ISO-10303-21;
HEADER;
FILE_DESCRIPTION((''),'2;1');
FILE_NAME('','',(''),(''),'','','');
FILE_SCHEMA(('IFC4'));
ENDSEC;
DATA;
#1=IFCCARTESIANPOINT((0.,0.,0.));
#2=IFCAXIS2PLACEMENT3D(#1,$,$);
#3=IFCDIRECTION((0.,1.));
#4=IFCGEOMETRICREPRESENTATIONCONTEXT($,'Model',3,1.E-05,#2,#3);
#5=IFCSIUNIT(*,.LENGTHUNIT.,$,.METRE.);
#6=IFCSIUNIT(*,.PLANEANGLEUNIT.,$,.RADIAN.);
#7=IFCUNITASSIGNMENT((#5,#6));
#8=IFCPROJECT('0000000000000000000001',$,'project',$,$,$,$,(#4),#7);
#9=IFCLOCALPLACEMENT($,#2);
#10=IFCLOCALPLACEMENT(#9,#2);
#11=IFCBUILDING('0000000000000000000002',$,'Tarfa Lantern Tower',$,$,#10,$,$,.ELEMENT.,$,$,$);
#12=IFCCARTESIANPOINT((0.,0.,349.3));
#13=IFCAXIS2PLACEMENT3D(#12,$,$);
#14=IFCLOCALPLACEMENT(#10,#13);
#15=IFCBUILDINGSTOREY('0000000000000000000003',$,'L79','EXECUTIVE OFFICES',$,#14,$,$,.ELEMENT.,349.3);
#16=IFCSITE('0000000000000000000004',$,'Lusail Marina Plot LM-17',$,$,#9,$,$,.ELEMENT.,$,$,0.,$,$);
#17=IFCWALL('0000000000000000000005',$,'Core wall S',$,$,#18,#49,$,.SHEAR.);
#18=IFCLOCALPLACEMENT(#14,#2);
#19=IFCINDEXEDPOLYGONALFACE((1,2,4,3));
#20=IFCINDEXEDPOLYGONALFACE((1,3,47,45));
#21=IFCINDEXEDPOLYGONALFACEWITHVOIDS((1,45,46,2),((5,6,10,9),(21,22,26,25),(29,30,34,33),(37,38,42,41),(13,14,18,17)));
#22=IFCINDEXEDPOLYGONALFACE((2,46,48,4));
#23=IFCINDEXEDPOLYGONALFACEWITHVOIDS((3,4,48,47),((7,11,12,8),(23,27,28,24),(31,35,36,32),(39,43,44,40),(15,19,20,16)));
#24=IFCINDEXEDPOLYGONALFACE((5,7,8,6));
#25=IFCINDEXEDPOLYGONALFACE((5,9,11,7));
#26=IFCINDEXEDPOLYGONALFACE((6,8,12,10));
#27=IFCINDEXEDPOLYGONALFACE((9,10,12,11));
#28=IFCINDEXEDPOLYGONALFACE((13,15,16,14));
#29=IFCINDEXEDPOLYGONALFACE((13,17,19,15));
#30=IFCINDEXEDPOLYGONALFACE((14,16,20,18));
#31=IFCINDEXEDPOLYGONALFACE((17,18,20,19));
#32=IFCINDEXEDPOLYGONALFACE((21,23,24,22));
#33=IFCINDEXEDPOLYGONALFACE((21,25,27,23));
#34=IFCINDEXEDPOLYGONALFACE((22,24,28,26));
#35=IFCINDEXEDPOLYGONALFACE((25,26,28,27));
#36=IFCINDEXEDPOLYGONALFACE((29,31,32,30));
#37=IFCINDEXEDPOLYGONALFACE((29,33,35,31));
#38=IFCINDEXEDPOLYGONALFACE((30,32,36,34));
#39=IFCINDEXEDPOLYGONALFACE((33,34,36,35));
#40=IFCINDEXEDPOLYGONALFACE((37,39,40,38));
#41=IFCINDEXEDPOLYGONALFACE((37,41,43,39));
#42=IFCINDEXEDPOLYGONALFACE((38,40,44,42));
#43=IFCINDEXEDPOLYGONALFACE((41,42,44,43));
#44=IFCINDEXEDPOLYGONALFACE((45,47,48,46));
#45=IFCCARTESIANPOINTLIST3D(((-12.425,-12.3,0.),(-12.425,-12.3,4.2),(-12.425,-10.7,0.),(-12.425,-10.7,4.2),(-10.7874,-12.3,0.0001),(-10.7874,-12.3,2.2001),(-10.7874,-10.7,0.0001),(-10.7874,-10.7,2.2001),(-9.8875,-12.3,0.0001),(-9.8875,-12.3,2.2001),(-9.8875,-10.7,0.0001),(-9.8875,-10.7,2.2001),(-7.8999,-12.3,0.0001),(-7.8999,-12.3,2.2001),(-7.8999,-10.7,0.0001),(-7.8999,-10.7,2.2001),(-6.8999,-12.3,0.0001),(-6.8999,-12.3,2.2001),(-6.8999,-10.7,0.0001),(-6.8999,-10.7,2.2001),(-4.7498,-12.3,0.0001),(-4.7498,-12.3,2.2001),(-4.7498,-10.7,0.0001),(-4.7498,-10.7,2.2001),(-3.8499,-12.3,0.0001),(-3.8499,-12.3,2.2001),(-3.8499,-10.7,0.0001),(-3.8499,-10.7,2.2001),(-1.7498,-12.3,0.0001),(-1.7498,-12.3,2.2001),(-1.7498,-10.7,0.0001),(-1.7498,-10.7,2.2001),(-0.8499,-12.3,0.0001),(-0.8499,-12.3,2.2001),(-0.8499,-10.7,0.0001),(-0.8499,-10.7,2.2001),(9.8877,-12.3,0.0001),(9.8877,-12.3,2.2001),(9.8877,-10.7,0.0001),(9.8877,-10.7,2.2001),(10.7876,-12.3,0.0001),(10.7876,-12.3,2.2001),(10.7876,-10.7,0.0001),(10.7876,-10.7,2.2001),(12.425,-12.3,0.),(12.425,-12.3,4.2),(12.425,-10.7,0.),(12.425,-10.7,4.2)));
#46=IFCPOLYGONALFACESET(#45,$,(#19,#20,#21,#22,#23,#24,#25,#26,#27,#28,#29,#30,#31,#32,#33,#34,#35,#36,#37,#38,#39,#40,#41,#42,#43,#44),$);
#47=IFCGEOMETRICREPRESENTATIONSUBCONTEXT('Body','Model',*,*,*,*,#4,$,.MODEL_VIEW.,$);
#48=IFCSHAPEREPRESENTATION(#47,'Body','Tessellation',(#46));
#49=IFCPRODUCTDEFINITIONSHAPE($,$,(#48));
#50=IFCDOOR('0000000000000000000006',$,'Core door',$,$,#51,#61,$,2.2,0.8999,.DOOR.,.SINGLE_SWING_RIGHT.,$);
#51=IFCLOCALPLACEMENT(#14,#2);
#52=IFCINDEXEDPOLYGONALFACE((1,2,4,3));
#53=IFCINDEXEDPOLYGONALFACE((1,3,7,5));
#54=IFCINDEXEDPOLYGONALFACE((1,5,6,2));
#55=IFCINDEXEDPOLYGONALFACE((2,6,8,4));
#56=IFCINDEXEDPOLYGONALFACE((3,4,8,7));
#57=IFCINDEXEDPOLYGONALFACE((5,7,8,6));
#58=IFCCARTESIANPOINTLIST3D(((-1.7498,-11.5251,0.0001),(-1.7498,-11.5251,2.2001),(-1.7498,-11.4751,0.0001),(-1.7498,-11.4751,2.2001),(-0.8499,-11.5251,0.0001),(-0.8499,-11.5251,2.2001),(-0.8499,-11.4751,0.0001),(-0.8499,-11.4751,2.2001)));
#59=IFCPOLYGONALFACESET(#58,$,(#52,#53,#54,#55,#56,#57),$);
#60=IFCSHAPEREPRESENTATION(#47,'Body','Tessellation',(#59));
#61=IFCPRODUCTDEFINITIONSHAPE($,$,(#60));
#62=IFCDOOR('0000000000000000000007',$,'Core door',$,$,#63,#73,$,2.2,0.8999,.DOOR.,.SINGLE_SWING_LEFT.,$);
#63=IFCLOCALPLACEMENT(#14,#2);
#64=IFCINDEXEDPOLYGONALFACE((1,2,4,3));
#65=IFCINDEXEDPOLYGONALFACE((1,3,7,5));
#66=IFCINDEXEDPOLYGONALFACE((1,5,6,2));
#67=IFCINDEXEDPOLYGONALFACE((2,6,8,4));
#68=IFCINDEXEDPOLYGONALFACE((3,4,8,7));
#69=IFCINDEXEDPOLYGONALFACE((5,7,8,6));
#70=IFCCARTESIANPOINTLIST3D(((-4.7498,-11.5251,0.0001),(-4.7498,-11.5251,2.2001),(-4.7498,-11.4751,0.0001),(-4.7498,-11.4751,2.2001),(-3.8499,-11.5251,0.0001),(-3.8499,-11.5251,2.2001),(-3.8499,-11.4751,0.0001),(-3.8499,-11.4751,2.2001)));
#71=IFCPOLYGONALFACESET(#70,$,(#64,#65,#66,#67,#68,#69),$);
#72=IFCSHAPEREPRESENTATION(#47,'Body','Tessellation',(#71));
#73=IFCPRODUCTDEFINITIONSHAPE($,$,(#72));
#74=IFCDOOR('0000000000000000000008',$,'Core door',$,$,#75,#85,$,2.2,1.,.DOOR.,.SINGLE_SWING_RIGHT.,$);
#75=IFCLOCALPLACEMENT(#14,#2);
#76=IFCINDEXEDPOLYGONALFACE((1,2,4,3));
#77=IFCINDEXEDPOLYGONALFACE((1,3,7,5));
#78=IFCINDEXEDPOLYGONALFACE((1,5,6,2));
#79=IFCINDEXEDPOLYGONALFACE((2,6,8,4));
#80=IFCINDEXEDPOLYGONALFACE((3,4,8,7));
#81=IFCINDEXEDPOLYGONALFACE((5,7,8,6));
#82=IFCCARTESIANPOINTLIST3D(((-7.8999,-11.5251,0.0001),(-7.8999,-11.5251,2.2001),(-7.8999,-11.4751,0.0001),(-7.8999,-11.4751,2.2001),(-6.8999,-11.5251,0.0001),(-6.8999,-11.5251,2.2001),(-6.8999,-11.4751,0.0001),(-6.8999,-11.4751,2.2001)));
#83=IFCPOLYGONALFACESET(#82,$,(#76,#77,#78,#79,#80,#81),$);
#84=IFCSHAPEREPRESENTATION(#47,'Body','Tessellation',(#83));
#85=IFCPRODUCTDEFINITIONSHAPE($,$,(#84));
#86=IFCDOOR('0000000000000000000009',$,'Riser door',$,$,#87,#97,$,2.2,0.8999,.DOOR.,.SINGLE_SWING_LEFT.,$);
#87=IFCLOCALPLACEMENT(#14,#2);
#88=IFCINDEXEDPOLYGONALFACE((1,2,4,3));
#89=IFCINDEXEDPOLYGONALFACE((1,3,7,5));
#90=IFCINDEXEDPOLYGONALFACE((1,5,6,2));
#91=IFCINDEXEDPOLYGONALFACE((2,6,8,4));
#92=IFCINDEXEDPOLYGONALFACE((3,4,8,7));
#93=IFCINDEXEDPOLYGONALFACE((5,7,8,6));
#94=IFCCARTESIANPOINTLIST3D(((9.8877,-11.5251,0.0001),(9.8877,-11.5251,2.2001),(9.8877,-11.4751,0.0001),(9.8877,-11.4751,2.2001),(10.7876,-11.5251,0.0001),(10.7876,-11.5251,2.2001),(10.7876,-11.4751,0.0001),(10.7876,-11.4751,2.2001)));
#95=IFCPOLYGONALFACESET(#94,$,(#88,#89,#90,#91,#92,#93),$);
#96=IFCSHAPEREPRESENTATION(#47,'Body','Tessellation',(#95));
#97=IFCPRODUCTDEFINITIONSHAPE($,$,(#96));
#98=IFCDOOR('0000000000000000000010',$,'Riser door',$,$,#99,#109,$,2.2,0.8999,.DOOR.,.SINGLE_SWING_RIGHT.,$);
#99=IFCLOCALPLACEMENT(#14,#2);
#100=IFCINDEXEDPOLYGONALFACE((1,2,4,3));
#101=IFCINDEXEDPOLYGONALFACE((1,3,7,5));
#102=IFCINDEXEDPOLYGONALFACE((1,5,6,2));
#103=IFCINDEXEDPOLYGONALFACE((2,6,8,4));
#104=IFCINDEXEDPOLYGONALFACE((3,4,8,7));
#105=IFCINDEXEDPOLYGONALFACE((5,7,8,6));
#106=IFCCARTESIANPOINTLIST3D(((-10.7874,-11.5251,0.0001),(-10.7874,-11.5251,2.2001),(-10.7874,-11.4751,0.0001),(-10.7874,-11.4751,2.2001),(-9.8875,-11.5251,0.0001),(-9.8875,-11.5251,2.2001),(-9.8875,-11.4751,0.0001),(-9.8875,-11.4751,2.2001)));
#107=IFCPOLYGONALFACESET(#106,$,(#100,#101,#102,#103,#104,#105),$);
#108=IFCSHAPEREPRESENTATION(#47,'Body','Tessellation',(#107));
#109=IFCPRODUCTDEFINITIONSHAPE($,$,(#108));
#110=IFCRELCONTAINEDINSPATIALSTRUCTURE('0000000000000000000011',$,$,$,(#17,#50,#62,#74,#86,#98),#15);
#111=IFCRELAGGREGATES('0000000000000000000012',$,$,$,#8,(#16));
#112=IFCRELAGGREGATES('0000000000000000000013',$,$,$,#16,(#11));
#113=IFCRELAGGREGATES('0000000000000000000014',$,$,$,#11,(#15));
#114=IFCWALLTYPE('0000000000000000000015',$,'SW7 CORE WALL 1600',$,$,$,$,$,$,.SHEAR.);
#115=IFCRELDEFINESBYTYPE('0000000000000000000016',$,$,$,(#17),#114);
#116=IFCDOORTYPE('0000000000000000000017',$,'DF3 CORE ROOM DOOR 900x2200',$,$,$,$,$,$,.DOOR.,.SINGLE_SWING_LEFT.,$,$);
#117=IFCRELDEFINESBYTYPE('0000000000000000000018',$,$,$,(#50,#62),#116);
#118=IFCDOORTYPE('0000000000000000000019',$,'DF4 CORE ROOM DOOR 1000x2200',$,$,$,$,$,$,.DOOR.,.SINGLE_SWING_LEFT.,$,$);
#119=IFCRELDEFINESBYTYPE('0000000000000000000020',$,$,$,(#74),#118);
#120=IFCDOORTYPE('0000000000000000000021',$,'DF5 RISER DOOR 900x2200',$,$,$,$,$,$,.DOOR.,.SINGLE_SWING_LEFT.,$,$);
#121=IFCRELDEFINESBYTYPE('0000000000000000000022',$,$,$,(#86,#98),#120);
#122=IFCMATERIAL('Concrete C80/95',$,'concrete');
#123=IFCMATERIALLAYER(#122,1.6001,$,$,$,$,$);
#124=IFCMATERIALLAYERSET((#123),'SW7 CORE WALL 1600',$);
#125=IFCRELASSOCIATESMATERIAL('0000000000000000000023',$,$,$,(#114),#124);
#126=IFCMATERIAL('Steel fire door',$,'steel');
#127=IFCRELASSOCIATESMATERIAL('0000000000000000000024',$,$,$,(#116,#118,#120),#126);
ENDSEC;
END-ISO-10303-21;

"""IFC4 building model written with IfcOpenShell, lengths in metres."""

from ifc_helpers import new_model, si_unit, direction, frame, frame_2d, origin, place, context, subcontext, project, spatial, rectangle, extrude, material, layer, layer_set, type_object, element, fill, save


model = new_model("IFC4")

# Units and contexts
model_context = context("Model", 3, precision=1e-05, world=origin(), true_north=direction((0.0, 1.0)))
body_context = subcontext(model_context, "Body", "Model", "MODEL_VIEW")
ifc_project = project(units=[si_unit("LENGTHUNIT", "METRE"), si_unit("PLANEANGLEUNIT", "RADIAN")], contexts=[model_context])

# Site, building, storey
site_placement = place(None, origin())
site = spatial("IfcSite", under=ifc_project, at=site_placement, Name="Lusail Marina Plot LM-17", CompositionType="ELEMENT", RefElevation=0.0)
building_placement = place(site_placement, origin())
building = spatial("IfcBuilding", under=site, at=building_placement, Name="Tarfa Lantern Tower", CompositionType="ELEMENT")
storey_placement = place(building_placement, frame((0.0, 0.0, 349.3)))
storey = spatial("IfcBuildingStorey", under=building, at=storey_placement, Name="L79", Description="EXECUTIVE OFFICES", CompositionType="ELEMENT", Elevation=349.3)

# Wall, openings, doors
ifc_material_1 = material(Name="Concrete C80/95", Category="concrete")
ifc_layer_1 = layer(ifc_material_1, 1.6001)
ifc_layer_set_1 = layer_set([ifc_layer_1], Name="SW7 CORE WALL 1600")
wall_type_1 = type_object("IfcWallType", Name="SW7 CORE WALL 1600", PredefinedType="SHEAR", material=ifc_layer_set_1)
wall_1_placement = place(storey_placement, frame((12.425, -11.5, 0.0), z_axis=(0.0, 0.0, 1.0), x_axis=(-1.0, 0.0, 0.0)))
wall_1 = element("IfcWall", 1, at=wall_1_placement, inside=storey, type_object=wall_type_1, Name="Core wall S", PredefinedType="SHEAR", context=body_context, shape_type="SweptSolid", body=[
    extrude(rectangle(XDim=24.8501, YDim=1.6001, at=frame_2d((12.425, 0.0))), origin(), (0.0, 0.0, 1.0), 4.2),
])
opening_1_placement = place(wall_1_placement, frame((13.2749, 0.0, 0.0)))
opening_1 = element("IfcOpeningElement", 2, at=opening_1_placement, cuts=wall_1, PredefinedType="OPENING", context=body_context, shape_type="SweptSolid", body=[
    extrude(rectangle(XDim=0.8999, YDim=2.2, at=frame_2d((0.45, 1.1001))), frame((0.0, 0.8101, 0.0), z_axis=(0.0, -1.0, 0.0), x_axis=(1.0, 0.0, 0.0)), (0.0, 0.0, 1.0), 1.6201),
])
opening_2_placement = place(wall_1_placement, frame((16.2749, 0.0, 0.0)))
opening_2 = element("IfcOpeningElement", 3, at=opening_2_placement, cuts=wall_1, PredefinedType="OPENING", context=body_context, shape_type="SweptSolid", body=[
    extrude(rectangle(XDim=0.8999, YDim=2.2, at=frame_2d((0.45, 1.1001))), frame((0.0, 0.8101, 0.0), z_axis=(0.0, -1.0, 0.0), x_axis=(1.0, 0.0, 0.0)), (0.0, 0.0, 1.0), 1.6201),
])
opening_3_placement = place(wall_1_placement, frame((19.325, 0.0, 0.0)))
opening_3 = element("IfcOpeningElement", 4, at=opening_3_placement, cuts=wall_1, PredefinedType="OPENING", context=body_context, shape_type="SweptSolid", body=[
    extrude(rectangle(XDim=1.0, YDim=2.2, at=frame_2d((0.5, 1.1001))), frame((0.0, 0.8101, 0.0), z_axis=(0.0, -1.0, 0.0), x_axis=(1.0, 0.0, 0.0)), (0.0, 0.0, 1.0), 1.6201),
])
opening_4_placement = place(wall_1_placement, frame((1.6375, 0.0, 0.0)))
opening_4 = element("IfcOpeningElement", 5, at=opening_4_placement, cuts=wall_1, PredefinedType="OPENING", context=body_context, shape_type="SweptSolid", body=[
    extrude(rectangle(XDim=0.8999, YDim=2.2, at=frame_2d((0.45, 1.1001))), frame((0.0, 0.8101, 0.0), z_axis=(0.0, -1.0, 0.0), x_axis=(1.0, 0.0, 0.0)), (0.0, 0.0, 1.0), 1.6201),
])
opening_5_placement = place(wall_1_placement, frame((22.3125, 0.0, 0.0)))
opening_5 = element("IfcOpeningElement", 6, at=opening_5_placement, cuts=wall_1, PredefinedType="OPENING", context=body_context, shape_type="SweptSolid", body=[
    extrude(rectangle(XDim=0.8999, YDim=2.2, at=frame_2d((0.45, 1.1001))), frame((0.0, 0.8101, 0.0), z_axis=(0.0, -1.0, 0.0), x_axis=(1.0, 0.0, 0.0)), (0.0, 0.0, 1.0), 1.6201),
])
ifc_material_2 = material(Name="Steel fire door", Category="steel")
door_type_1 = type_object("IfcDoorType", Name="DF3 CORE ROOM DOOR 900x2200", OperationType="SINGLE_SWING_LEFT", PredefinedType="DOOR", material=ifc_material_2)
door_1_placement = place(opening_1_placement, frame((0.8999, 0.0, 0.0), z_axis=(0.0, 0.0, 1.0), x_axis=(-1.0, 0.0, 0.0)))
door_1 = element("IfcDoor", 7, at=door_1_placement, inside=storey, type_object=door_type_1, Name="Core door", OperationType="SINGLE_SWING_RIGHT", OverallHeight=2.2, OverallWidth=0.8999, PredefinedType="DOOR", context=body_context, shape_type="SweptSolid", body=[
    extrude(rectangle(XDim=0.8999, YDim=2.2, at=frame_2d((0.45, 1.1001))), frame((0.0, 0.0249, 0.0), z_axis=(0.0, -1.0, 0.0), x_axis=(1.0, 0.0, 0.0)), (0.0, 0.0, 1.0), 0.05),
])
fill(opening_1, door_1)
door_2_placement = place(opening_2_placement, frame((0.8999, 0.0, 0.0), z_axis=(0.0, 0.0, 1.0), x_axis=(-1.0, 0.0, 0.0)))
door_2 = element("IfcDoor", 8, at=door_2_placement, inside=storey, type_object=door_type_1, Name="Core door", OperationType="SINGLE_SWING_LEFT", OverallHeight=2.2, OverallWidth=0.8999, PredefinedType="DOOR", context=body_context, shape_type="SweptSolid", body=[
    extrude(rectangle(XDim=0.8999, YDim=2.2, at=frame_2d((0.45, 1.1001))), frame((0.0, 0.0249, 0.0), z_axis=(0.0, -1.0, 0.0), x_axis=(1.0, 0.0, 0.0)), (0.0, 0.0, 1.0), 0.05),
])
fill(opening_2, door_2)
door_type_2 = type_object("IfcDoorType", Name="DF4 CORE ROOM DOOR 1000x2200", OperationType="SINGLE_SWING_LEFT", PredefinedType="DOOR", material=ifc_material_2)
door_3_placement = place(opening_3_placement, frame((1.0, 0.0, 0.0), z_axis=(0.0, 0.0, 1.0), x_axis=(-1.0, 0.0, 0.0)))
door_3 = element("IfcDoor", 9, at=door_3_placement, inside=storey, type_object=door_type_2, Name="Core door", OperationType="SINGLE_SWING_RIGHT", OverallHeight=2.2, OverallWidth=1.0, PredefinedType="DOOR", context=body_context, shape_type="SweptSolid", body=[
    extrude(rectangle(XDim=1.0, YDim=2.2, at=frame_2d((0.5, 1.1001))), frame((0.0, 0.0249, 0.0), z_axis=(0.0, -1.0, 0.0), x_axis=(1.0, 0.0, 0.0)), (0.0, 0.0, 1.0), 0.05),
])
fill(opening_3, door_3)
door_type_3 = type_object("IfcDoorType", Name="DF5 RISER DOOR 900x2200", OperationType="SINGLE_SWING_LEFT", PredefinedType="DOOR", material=ifc_material_2)
door_4_placement = place(opening_4_placement, frame((0.8999, 0.0, 0.0), z_axis=(0.0, 0.0, 1.0), x_axis=(-1.0, 0.0, 0.0)))
door_4 = element("IfcDoor", 10, at=door_4_placement, inside=storey, type_object=door_type_3, Name="Riser door", OperationType="SINGLE_SWING_LEFT", OverallHeight=2.2, OverallWidth=0.8999, PredefinedType="DOOR", context=body_context, shape_type="SweptSolid", body=[
    extrude(rectangle(XDim=0.8999, YDim=2.2, at=frame_2d((0.45, 1.1001))), frame((0.0, 0.0249, 0.0), z_axis=(0.0, -1.0, 0.0), x_axis=(1.0, 0.0, 0.0)), (0.0, 0.0, 1.0), 0.05),
])
fill(opening_4, door_4)
door_5_placement = place(opening_5_placement, frame((0.8999, 0.0, 0.0), z_axis=(0.0, 0.0, 1.0), x_axis=(-1.0, 0.0, 0.0)))
door_5 = element("IfcDoor", 11, at=door_5_placement, inside=storey, type_object=door_type_3, Name="Riser door", OperationType="SINGLE_SWING_RIGHT", OverallHeight=2.2, OverallWidth=0.8999, PredefinedType="DOOR", context=body_context, shape_type="SweptSolid", body=[
    extrude(rectangle(XDim=0.8999, YDim=2.2, at=frame_2d((0.45, 1.1001))), frame((0.0, 0.0249, 0.0), z_axis=(0.0, -1.0, 0.0), x_axis=(1.0, 0.0, 0.0)), (0.0, 0.0, 1.0), 0.05),
])
fill(opening_5, door_5)

save(model, "model.ifc")
